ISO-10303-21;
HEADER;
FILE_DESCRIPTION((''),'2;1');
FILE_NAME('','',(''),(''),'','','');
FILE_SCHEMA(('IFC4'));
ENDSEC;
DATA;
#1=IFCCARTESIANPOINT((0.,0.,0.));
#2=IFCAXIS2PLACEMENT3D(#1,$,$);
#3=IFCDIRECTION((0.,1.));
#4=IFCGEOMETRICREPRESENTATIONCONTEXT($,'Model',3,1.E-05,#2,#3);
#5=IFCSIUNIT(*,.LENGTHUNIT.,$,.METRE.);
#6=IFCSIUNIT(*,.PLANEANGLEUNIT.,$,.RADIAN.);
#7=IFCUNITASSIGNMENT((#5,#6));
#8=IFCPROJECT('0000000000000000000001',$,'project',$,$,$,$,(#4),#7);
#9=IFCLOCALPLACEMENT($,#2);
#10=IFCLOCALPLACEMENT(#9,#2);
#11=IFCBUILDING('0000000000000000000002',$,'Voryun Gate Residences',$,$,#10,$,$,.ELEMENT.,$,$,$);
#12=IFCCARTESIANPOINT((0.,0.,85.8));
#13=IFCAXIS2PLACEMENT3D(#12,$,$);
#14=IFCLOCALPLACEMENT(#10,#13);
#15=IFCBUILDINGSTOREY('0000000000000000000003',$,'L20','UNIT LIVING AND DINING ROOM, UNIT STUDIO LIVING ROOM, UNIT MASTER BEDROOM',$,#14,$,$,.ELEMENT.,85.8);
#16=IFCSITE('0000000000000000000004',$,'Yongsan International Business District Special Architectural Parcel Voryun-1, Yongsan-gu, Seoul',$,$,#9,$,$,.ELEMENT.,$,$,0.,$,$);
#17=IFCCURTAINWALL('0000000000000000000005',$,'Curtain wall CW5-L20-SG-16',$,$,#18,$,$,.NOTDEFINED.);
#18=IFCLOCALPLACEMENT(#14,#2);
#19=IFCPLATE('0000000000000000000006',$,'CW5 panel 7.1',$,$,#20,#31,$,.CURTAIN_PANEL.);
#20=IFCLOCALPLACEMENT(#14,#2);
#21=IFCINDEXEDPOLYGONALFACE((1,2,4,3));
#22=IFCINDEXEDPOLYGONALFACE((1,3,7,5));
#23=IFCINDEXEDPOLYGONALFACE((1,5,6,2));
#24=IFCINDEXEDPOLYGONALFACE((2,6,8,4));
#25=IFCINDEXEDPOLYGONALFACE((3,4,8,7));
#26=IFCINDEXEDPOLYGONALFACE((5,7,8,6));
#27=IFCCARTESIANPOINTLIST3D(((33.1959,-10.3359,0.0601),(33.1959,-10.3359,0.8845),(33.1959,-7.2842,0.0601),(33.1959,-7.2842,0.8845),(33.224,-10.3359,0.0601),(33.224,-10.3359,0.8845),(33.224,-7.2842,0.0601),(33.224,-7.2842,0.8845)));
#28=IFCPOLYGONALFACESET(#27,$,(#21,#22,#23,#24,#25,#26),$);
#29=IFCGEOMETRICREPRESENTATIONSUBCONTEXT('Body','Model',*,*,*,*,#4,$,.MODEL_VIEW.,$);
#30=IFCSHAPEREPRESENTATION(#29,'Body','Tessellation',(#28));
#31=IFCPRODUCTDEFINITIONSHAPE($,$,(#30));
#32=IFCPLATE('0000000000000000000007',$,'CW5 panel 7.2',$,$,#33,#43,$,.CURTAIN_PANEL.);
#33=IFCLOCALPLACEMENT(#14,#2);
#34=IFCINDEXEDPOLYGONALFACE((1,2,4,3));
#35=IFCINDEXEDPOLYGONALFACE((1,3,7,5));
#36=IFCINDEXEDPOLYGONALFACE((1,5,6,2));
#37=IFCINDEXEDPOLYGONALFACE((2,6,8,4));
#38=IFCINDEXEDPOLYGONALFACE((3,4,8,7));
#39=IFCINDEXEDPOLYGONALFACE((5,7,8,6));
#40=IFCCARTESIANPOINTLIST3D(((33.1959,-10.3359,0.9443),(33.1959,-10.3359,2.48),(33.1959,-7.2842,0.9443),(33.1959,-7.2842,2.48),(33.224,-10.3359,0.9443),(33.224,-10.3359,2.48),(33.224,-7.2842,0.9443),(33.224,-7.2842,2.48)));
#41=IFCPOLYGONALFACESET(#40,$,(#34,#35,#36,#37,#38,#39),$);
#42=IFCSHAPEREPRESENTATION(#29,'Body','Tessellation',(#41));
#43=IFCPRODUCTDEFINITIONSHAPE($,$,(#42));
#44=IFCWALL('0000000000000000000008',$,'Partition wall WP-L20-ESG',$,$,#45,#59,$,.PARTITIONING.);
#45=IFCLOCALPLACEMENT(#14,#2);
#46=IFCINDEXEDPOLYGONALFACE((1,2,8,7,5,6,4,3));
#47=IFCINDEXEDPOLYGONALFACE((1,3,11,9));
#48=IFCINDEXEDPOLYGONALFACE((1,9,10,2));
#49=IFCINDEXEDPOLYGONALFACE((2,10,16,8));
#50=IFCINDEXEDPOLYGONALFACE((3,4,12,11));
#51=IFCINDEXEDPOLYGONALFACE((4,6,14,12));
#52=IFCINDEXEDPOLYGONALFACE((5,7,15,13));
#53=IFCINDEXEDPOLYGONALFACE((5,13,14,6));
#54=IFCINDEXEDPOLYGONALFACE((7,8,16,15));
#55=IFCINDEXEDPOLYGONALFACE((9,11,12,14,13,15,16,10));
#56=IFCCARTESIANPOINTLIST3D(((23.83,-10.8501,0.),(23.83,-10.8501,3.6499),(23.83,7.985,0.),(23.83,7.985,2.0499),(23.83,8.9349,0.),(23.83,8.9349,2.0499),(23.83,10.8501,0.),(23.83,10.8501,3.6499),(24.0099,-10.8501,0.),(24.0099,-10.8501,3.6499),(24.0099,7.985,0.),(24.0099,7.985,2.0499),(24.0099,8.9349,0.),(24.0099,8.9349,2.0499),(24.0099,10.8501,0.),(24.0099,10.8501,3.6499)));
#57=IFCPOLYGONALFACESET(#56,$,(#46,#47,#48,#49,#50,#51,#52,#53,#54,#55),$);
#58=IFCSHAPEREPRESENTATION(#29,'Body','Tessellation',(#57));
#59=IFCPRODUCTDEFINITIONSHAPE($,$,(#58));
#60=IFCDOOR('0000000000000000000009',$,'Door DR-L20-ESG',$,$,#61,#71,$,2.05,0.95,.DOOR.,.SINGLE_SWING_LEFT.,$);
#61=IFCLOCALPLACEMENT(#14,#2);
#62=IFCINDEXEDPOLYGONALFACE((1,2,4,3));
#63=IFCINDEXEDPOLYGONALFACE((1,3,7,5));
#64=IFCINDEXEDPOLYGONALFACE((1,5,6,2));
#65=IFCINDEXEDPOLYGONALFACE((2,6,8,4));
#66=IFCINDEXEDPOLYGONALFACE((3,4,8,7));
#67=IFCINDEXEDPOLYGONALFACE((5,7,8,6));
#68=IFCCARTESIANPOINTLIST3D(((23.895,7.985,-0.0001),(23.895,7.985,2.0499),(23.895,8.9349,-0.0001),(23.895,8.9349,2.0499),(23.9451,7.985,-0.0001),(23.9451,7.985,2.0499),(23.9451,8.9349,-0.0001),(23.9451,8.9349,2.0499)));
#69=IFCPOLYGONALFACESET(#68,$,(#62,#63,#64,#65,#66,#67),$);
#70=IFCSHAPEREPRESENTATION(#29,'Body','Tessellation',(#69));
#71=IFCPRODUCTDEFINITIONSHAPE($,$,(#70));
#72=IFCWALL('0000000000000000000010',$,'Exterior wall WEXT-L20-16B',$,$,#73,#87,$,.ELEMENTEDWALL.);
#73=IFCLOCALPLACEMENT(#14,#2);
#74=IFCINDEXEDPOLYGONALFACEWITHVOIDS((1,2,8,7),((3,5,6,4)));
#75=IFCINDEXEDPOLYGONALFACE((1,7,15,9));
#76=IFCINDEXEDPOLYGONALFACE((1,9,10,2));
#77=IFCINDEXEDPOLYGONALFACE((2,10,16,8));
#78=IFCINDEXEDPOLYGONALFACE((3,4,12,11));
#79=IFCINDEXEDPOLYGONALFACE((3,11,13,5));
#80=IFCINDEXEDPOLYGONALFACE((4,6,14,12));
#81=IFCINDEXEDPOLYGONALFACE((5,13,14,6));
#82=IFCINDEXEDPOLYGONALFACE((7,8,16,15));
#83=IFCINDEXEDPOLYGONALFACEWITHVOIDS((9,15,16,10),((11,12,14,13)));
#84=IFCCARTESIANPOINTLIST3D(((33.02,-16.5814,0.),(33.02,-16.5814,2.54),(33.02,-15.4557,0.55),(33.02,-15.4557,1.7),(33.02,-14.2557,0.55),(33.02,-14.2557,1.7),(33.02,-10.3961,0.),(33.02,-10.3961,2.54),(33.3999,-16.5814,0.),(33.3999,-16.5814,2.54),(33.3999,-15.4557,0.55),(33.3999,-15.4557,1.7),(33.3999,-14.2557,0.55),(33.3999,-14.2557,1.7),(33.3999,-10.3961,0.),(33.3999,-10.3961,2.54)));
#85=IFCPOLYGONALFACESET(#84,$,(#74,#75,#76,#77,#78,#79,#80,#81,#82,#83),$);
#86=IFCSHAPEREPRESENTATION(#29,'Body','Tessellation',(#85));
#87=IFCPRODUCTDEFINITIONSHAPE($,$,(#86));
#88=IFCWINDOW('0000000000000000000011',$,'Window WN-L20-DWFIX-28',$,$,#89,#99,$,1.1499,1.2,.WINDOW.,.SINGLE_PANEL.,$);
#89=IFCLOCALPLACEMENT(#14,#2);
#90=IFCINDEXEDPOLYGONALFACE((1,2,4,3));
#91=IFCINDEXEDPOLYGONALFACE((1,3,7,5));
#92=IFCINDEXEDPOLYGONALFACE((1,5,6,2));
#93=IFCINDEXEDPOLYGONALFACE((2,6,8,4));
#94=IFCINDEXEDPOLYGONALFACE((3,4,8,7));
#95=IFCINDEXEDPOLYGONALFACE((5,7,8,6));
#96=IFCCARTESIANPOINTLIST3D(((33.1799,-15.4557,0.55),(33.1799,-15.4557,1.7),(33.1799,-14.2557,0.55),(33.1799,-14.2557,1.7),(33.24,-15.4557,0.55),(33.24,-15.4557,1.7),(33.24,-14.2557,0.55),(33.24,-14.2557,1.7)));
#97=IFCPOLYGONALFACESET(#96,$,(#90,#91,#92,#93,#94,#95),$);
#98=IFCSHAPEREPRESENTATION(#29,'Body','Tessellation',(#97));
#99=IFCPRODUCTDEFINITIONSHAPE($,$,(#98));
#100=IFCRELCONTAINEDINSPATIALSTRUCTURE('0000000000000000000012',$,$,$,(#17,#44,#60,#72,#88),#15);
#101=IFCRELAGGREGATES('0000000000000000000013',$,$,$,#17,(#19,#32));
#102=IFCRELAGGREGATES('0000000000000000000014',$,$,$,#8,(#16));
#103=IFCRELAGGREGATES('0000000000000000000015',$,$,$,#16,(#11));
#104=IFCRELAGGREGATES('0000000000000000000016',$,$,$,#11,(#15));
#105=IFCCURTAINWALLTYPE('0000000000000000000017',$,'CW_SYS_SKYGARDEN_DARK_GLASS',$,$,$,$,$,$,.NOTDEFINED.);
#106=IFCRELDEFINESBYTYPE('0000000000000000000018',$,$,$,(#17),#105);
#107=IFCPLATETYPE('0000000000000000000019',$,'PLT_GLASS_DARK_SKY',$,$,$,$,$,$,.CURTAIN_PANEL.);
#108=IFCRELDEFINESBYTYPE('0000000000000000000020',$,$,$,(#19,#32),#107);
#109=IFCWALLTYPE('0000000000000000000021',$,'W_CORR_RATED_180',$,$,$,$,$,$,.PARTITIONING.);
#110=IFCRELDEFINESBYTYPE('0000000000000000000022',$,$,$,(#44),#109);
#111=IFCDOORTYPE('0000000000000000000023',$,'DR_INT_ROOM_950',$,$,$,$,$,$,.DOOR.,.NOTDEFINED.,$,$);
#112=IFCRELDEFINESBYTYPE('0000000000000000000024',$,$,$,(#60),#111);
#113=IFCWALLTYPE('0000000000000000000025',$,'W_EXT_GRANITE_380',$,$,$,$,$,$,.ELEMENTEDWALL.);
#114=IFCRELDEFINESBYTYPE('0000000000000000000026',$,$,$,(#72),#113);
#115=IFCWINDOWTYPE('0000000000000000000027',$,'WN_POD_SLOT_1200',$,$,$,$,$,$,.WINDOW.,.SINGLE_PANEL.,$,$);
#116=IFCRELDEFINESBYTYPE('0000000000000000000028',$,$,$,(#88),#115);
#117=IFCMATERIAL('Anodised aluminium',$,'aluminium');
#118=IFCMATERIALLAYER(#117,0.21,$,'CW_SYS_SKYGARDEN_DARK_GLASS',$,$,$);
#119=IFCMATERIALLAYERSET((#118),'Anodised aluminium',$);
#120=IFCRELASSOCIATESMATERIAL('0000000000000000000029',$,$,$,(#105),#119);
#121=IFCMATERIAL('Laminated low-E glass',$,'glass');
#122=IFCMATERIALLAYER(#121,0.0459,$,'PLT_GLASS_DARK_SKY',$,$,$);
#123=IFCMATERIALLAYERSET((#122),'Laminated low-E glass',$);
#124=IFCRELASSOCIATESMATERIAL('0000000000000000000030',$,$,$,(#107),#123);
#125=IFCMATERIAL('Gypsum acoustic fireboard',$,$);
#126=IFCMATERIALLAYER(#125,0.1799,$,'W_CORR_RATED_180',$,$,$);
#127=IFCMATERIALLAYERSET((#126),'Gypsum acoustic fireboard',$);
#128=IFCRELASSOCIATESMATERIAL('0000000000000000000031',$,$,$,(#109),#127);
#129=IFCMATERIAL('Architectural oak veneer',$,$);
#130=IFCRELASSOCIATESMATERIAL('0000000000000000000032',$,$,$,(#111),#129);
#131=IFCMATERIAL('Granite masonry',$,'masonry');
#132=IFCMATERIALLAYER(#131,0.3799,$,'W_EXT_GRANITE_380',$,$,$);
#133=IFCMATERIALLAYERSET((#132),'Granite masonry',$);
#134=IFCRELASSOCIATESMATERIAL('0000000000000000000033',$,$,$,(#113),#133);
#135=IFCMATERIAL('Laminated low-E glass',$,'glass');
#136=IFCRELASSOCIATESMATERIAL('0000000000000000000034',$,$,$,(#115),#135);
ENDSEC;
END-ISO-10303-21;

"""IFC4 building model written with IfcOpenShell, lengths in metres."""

from ifc_helpers import new_model, si_unit, direction, frame, frame_2d, origin, origin_2d, place, context, subcontext, project, spatial, rectangle, extrude, material, layer, layer_set, type_object, element, fill, aggregate, save


model = new_model("IFC4")

# Units and contexts
model_context = context("Model", 3, precision=1e-05, world=origin(), true_north=direction((0.0, 1.0)))
body_context = subcontext(model_context, "Body", "Model", "MODEL_VIEW")
ifc_project = project(units=[si_unit("LENGTHUNIT", "METRE"), si_unit("PLANEANGLEUNIT", "RADIAN")], contexts=[model_context])

# Site, building, storey
site_placement = place(None, origin())
site = spatial("IfcSite", under=ifc_project, at=site_placement, Name="Yongsan International Business District Special Architectural Parcel Voryun-1, Yongsan-gu, Seoul", CompositionType="ELEMENT", RefElevation=0.0)
building_placement = place(site_placement, origin())
building = spatial("IfcBuilding", under=site, at=building_placement, Name="Voryun Gate Residences", CompositionType="ELEMENT")
storey_placement = place(building_placement, frame((0.0, 0.0, 85.8)))
storey = spatial("IfcBuildingStorey", under=building, at=storey_placement, Name="L20", Description="UNIT LIVING AND DINING ROOM, UNIT STUDIO LIVING ROOM, UNIT MASTER BEDROOM", CompositionType="ELEMENT", Elevation=85.8)

# Curtain wall
ifc_material_1 = material(Name="Anodised aluminium", Category="aluminium")
ifc_layer_1 = layer(ifc_material_1, 0.21, Name="CW_SYS_SKYGARDEN_DARK_GLASS")
ifc_layer_set_1 = layer_set([ifc_layer_1], Name="Anodised aluminium")
curtain_wall_type = type_object("IfcCurtainWallType", Name="CW_SYS_SKYGARDEN_DARK_GLASS", PredefinedType="NOTDEFINED", material=ifc_layer_set_1)
curtain_wall_placement = place(storey_placement, origin())
curtain_wall = element("IfcCurtainWall", 1, at=curtain_wall_placement, inside=storey, type_object=curtain_wall_type, Name="Curtain wall CW5-L20-SG-16", PredefinedType="NOTDEFINED")

# Plates
ifc_material_2 = material(Name="Laminated low-E glass", Category="glass")
ifc_layer_2 = layer(ifc_material_2, 0.0459, Name="PLT_GLASS_DARK_SKY")
ifc_layer_set_2 = layer_set([ifc_layer_2], Name="Laminated low-E glass")
plate_type_1 = type_object("IfcPlateType", Name="PLT_GLASS_DARK_SKY", PredefinedType="CURTAIN_PANEL", material=ifc_layer_set_2)
plate_1_placement = place(storey_placement, frame((33.21, -8.8101, 0.0601), z_axis=(0.0, 0.0, 1.0), x_axis=(0.0, -1.0, 0.0)))
plate_1 = element("IfcPlate", 2, at=plate_1_placement, type_object=plate_type_1, Name="CW5 panel 7.1", PredefinedType="CURTAIN_PANEL", context=body_context, shape_type="SweptSolid", body=[
    extrude(rectangle(XDim=3.0518, YDim=0.0281, at=origin_2d()), origin(), (0.0, 0.0, 1.0), 0.8245),
])
plate_2_placement = place(storey_placement, frame((33.21, -8.8101, 0.9443), z_axis=(0.0, 0.0, 1.0), x_axis=(0.0, -1.0, 0.0)))
plate_2 = element("IfcPlate", 3, at=plate_2_placement, type_object=plate_type_1, Name="CW5 panel 7.2", PredefinedType="CURTAIN_PANEL", context=body_context, shape_type="SweptSolid", body=[
    extrude(rectangle(XDim=3.0518, YDim=0.0281, at=origin_2d()), origin(), (0.0, 0.0, 1.0), 1.5356),
])
aggregate(curtain_wall, [plate_1, plate_2])

# Wall, opening, door
ifc_material_3 = material(Name="Gypsum acoustic fireboard")
ifc_layer_3 = layer(ifc_material_3, 0.1799, Name="W_CORR_RATED_180")
ifc_layer_set_3 = layer_set([ifc_layer_3], Name="Gypsum acoustic fireboard")
wall_type_1 = type_object("IfcWallType", Name="W_CORR_RATED_180", PredefinedType="PARTITIONING", material=ifc_layer_set_3)
wall_1_placement = place(storey_placement, frame((23.9199, -10.8501, 0.0), z_axis=(0.0, 0.0, 1.0), x_axis=(0.0, 1.0, 0.0)))
wall_1 = element("IfcWall", 4, at=wall_1_placement, inside=storey, type_object=wall_type_1, Name="Partition wall WP-L20-ESG", PredefinedType="PARTITIONING", context=body_context, shape_type="SweptSolid", body=[
    extrude(rectangle(XDim=21.7002, YDim=0.1799, at=frame_2d((10.8501, 0.0))), origin(), (0.0, 0.0, 1.0), 3.6499),
])
opening_1_placement = place(wall_1_placement, frame((18.835, 0.0, 0.0)))
opening_1 = element("IfcOpeningElement", 5, at=opening_1_placement, cuts=wall_1, PredefinedType="OPENING", context=body_context, shape_type="SweptSolid", body=[
    extrude(rectangle(XDim=0.95, YDim=2.05, at=frame_2d((0.4751, 1.0249))), frame((0.0, 0.0999, 0.0), z_axis=(0.0, -1.0, 0.0), x_axis=(1.0, 0.0, 0.0)), (0.0, 0.0, 1.0), 0.2),
])
ifc_material_4 = material(Name="Architectural oak veneer")
door_type = type_object("IfcDoorType", Name="DR_INT_ROOM_950", OperationType="NOTDEFINED", PredefinedType="DOOR", material=ifc_material_4)
door_placement = place(opening_1_placement, origin())
door = element("IfcDoor", 6, at=door_placement, inside=storey, type_object=door_type, Name="Door DR-L20-ESG", OperationType="SINGLE_SWING_LEFT", OverallHeight=2.05, OverallWidth=0.95, PredefinedType="DOOR", context=body_context, shape_type="SweptSolid", body=[
    extrude(rectangle(XDim=0.95, YDim=2.05, at=frame_2d((0.4751, 1.0249))), frame((0.0, 0.0249, 0.0), z_axis=(0.0, -1.0, 0.0), x_axis=(1.0, 0.0, 0.0)), (0.0, 0.0, 1.0), 0.05),
])
fill(opening_1, door)

# Wall, opening, window
ifc_material_5 = material(Name="Granite masonry", Category="masonry")
ifc_layer_4 = layer(ifc_material_5, 0.3799, Name="W_EXT_GRANITE_380")
ifc_layer_set_4 = layer_set([ifc_layer_4], Name="Granite masonry")
wall_type_2 = type_object("IfcWallType", Name="W_EXT_GRANITE_380", PredefinedType="ELEMENTEDWALL", material=ifc_layer_set_4)
wall_2_placement = place(storey_placement, frame((33.21, -10.396, 0.0), z_axis=(0.0, 0.0, 1.0), x_axis=(0.0, -1.0, 0.0)))
wall_2 = element("IfcWall", 7, at=wall_2_placement, inside=storey, type_object=wall_type_2, Name="Exterior wall WEXT-L20-16B", PredefinedType="ELEMENTEDWALL", context=body_context, shape_type="SweptSolid", body=[
    extrude(rectangle(XDim=6.1853, YDim=0.3799, at=frame_2d((3.0928, 0.0))), origin(), (0.0, 0.0, 1.0), 2.54),
])
opening_2_placement = place(wall_2_placement, frame((3.8596, 0.0, 0.55)))
opening_2 = element("IfcOpeningElement", 8, at=opening_2_placement, cuts=wall_2, PredefinedType="OPENING", context=body_context, shape_type="SweptSolid", body=[
    extrude(rectangle(XDim=1.2, YDim=1.1499, at=frame_2d((0.6001, 0.575))), frame((0.0, 0.2, 0.0), z_axis=(0.0, -1.0, 0.0), x_axis=(1.0, 0.0, 0.0)), (0.0, 0.0, 1.0), 0.3999),
])
ifc_material_6 = material(Name="Laminated low-E glass", Category="glass")
window_type = type_object("IfcWindowType", Name="WN_POD_SLOT_1200", PartitioningType="SINGLE_PANEL", PredefinedType="WINDOW", material=ifc_material_6)
window_placement = place(opening_2_placement, origin())
window = element("IfcWindow", 9, at=window_placement, inside=storey, type_object=window_type, Name="Window WN-L20-DWFIX-28", OverallHeight=1.1499, OverallWidth=1.2, PartitioningType="SINGLE_PANEL", PredefinedType="WINDOW", context=body_context, shape_type="SweptSolid", body=[
    extrude(rectangle(XDim=1.2, YDim=1.1499, at=frame_2d((0.6001, 0.575))), frame((0.0, 0.03, 0.0), z_axis=(0.0, -1.0, 0.0), x_axis=(1.0, 0.0, 0.0)), (0.0, 0.0, 1.0), 0.0601),
])
fill(opening_2, window)

save(model, "model.ifc")
